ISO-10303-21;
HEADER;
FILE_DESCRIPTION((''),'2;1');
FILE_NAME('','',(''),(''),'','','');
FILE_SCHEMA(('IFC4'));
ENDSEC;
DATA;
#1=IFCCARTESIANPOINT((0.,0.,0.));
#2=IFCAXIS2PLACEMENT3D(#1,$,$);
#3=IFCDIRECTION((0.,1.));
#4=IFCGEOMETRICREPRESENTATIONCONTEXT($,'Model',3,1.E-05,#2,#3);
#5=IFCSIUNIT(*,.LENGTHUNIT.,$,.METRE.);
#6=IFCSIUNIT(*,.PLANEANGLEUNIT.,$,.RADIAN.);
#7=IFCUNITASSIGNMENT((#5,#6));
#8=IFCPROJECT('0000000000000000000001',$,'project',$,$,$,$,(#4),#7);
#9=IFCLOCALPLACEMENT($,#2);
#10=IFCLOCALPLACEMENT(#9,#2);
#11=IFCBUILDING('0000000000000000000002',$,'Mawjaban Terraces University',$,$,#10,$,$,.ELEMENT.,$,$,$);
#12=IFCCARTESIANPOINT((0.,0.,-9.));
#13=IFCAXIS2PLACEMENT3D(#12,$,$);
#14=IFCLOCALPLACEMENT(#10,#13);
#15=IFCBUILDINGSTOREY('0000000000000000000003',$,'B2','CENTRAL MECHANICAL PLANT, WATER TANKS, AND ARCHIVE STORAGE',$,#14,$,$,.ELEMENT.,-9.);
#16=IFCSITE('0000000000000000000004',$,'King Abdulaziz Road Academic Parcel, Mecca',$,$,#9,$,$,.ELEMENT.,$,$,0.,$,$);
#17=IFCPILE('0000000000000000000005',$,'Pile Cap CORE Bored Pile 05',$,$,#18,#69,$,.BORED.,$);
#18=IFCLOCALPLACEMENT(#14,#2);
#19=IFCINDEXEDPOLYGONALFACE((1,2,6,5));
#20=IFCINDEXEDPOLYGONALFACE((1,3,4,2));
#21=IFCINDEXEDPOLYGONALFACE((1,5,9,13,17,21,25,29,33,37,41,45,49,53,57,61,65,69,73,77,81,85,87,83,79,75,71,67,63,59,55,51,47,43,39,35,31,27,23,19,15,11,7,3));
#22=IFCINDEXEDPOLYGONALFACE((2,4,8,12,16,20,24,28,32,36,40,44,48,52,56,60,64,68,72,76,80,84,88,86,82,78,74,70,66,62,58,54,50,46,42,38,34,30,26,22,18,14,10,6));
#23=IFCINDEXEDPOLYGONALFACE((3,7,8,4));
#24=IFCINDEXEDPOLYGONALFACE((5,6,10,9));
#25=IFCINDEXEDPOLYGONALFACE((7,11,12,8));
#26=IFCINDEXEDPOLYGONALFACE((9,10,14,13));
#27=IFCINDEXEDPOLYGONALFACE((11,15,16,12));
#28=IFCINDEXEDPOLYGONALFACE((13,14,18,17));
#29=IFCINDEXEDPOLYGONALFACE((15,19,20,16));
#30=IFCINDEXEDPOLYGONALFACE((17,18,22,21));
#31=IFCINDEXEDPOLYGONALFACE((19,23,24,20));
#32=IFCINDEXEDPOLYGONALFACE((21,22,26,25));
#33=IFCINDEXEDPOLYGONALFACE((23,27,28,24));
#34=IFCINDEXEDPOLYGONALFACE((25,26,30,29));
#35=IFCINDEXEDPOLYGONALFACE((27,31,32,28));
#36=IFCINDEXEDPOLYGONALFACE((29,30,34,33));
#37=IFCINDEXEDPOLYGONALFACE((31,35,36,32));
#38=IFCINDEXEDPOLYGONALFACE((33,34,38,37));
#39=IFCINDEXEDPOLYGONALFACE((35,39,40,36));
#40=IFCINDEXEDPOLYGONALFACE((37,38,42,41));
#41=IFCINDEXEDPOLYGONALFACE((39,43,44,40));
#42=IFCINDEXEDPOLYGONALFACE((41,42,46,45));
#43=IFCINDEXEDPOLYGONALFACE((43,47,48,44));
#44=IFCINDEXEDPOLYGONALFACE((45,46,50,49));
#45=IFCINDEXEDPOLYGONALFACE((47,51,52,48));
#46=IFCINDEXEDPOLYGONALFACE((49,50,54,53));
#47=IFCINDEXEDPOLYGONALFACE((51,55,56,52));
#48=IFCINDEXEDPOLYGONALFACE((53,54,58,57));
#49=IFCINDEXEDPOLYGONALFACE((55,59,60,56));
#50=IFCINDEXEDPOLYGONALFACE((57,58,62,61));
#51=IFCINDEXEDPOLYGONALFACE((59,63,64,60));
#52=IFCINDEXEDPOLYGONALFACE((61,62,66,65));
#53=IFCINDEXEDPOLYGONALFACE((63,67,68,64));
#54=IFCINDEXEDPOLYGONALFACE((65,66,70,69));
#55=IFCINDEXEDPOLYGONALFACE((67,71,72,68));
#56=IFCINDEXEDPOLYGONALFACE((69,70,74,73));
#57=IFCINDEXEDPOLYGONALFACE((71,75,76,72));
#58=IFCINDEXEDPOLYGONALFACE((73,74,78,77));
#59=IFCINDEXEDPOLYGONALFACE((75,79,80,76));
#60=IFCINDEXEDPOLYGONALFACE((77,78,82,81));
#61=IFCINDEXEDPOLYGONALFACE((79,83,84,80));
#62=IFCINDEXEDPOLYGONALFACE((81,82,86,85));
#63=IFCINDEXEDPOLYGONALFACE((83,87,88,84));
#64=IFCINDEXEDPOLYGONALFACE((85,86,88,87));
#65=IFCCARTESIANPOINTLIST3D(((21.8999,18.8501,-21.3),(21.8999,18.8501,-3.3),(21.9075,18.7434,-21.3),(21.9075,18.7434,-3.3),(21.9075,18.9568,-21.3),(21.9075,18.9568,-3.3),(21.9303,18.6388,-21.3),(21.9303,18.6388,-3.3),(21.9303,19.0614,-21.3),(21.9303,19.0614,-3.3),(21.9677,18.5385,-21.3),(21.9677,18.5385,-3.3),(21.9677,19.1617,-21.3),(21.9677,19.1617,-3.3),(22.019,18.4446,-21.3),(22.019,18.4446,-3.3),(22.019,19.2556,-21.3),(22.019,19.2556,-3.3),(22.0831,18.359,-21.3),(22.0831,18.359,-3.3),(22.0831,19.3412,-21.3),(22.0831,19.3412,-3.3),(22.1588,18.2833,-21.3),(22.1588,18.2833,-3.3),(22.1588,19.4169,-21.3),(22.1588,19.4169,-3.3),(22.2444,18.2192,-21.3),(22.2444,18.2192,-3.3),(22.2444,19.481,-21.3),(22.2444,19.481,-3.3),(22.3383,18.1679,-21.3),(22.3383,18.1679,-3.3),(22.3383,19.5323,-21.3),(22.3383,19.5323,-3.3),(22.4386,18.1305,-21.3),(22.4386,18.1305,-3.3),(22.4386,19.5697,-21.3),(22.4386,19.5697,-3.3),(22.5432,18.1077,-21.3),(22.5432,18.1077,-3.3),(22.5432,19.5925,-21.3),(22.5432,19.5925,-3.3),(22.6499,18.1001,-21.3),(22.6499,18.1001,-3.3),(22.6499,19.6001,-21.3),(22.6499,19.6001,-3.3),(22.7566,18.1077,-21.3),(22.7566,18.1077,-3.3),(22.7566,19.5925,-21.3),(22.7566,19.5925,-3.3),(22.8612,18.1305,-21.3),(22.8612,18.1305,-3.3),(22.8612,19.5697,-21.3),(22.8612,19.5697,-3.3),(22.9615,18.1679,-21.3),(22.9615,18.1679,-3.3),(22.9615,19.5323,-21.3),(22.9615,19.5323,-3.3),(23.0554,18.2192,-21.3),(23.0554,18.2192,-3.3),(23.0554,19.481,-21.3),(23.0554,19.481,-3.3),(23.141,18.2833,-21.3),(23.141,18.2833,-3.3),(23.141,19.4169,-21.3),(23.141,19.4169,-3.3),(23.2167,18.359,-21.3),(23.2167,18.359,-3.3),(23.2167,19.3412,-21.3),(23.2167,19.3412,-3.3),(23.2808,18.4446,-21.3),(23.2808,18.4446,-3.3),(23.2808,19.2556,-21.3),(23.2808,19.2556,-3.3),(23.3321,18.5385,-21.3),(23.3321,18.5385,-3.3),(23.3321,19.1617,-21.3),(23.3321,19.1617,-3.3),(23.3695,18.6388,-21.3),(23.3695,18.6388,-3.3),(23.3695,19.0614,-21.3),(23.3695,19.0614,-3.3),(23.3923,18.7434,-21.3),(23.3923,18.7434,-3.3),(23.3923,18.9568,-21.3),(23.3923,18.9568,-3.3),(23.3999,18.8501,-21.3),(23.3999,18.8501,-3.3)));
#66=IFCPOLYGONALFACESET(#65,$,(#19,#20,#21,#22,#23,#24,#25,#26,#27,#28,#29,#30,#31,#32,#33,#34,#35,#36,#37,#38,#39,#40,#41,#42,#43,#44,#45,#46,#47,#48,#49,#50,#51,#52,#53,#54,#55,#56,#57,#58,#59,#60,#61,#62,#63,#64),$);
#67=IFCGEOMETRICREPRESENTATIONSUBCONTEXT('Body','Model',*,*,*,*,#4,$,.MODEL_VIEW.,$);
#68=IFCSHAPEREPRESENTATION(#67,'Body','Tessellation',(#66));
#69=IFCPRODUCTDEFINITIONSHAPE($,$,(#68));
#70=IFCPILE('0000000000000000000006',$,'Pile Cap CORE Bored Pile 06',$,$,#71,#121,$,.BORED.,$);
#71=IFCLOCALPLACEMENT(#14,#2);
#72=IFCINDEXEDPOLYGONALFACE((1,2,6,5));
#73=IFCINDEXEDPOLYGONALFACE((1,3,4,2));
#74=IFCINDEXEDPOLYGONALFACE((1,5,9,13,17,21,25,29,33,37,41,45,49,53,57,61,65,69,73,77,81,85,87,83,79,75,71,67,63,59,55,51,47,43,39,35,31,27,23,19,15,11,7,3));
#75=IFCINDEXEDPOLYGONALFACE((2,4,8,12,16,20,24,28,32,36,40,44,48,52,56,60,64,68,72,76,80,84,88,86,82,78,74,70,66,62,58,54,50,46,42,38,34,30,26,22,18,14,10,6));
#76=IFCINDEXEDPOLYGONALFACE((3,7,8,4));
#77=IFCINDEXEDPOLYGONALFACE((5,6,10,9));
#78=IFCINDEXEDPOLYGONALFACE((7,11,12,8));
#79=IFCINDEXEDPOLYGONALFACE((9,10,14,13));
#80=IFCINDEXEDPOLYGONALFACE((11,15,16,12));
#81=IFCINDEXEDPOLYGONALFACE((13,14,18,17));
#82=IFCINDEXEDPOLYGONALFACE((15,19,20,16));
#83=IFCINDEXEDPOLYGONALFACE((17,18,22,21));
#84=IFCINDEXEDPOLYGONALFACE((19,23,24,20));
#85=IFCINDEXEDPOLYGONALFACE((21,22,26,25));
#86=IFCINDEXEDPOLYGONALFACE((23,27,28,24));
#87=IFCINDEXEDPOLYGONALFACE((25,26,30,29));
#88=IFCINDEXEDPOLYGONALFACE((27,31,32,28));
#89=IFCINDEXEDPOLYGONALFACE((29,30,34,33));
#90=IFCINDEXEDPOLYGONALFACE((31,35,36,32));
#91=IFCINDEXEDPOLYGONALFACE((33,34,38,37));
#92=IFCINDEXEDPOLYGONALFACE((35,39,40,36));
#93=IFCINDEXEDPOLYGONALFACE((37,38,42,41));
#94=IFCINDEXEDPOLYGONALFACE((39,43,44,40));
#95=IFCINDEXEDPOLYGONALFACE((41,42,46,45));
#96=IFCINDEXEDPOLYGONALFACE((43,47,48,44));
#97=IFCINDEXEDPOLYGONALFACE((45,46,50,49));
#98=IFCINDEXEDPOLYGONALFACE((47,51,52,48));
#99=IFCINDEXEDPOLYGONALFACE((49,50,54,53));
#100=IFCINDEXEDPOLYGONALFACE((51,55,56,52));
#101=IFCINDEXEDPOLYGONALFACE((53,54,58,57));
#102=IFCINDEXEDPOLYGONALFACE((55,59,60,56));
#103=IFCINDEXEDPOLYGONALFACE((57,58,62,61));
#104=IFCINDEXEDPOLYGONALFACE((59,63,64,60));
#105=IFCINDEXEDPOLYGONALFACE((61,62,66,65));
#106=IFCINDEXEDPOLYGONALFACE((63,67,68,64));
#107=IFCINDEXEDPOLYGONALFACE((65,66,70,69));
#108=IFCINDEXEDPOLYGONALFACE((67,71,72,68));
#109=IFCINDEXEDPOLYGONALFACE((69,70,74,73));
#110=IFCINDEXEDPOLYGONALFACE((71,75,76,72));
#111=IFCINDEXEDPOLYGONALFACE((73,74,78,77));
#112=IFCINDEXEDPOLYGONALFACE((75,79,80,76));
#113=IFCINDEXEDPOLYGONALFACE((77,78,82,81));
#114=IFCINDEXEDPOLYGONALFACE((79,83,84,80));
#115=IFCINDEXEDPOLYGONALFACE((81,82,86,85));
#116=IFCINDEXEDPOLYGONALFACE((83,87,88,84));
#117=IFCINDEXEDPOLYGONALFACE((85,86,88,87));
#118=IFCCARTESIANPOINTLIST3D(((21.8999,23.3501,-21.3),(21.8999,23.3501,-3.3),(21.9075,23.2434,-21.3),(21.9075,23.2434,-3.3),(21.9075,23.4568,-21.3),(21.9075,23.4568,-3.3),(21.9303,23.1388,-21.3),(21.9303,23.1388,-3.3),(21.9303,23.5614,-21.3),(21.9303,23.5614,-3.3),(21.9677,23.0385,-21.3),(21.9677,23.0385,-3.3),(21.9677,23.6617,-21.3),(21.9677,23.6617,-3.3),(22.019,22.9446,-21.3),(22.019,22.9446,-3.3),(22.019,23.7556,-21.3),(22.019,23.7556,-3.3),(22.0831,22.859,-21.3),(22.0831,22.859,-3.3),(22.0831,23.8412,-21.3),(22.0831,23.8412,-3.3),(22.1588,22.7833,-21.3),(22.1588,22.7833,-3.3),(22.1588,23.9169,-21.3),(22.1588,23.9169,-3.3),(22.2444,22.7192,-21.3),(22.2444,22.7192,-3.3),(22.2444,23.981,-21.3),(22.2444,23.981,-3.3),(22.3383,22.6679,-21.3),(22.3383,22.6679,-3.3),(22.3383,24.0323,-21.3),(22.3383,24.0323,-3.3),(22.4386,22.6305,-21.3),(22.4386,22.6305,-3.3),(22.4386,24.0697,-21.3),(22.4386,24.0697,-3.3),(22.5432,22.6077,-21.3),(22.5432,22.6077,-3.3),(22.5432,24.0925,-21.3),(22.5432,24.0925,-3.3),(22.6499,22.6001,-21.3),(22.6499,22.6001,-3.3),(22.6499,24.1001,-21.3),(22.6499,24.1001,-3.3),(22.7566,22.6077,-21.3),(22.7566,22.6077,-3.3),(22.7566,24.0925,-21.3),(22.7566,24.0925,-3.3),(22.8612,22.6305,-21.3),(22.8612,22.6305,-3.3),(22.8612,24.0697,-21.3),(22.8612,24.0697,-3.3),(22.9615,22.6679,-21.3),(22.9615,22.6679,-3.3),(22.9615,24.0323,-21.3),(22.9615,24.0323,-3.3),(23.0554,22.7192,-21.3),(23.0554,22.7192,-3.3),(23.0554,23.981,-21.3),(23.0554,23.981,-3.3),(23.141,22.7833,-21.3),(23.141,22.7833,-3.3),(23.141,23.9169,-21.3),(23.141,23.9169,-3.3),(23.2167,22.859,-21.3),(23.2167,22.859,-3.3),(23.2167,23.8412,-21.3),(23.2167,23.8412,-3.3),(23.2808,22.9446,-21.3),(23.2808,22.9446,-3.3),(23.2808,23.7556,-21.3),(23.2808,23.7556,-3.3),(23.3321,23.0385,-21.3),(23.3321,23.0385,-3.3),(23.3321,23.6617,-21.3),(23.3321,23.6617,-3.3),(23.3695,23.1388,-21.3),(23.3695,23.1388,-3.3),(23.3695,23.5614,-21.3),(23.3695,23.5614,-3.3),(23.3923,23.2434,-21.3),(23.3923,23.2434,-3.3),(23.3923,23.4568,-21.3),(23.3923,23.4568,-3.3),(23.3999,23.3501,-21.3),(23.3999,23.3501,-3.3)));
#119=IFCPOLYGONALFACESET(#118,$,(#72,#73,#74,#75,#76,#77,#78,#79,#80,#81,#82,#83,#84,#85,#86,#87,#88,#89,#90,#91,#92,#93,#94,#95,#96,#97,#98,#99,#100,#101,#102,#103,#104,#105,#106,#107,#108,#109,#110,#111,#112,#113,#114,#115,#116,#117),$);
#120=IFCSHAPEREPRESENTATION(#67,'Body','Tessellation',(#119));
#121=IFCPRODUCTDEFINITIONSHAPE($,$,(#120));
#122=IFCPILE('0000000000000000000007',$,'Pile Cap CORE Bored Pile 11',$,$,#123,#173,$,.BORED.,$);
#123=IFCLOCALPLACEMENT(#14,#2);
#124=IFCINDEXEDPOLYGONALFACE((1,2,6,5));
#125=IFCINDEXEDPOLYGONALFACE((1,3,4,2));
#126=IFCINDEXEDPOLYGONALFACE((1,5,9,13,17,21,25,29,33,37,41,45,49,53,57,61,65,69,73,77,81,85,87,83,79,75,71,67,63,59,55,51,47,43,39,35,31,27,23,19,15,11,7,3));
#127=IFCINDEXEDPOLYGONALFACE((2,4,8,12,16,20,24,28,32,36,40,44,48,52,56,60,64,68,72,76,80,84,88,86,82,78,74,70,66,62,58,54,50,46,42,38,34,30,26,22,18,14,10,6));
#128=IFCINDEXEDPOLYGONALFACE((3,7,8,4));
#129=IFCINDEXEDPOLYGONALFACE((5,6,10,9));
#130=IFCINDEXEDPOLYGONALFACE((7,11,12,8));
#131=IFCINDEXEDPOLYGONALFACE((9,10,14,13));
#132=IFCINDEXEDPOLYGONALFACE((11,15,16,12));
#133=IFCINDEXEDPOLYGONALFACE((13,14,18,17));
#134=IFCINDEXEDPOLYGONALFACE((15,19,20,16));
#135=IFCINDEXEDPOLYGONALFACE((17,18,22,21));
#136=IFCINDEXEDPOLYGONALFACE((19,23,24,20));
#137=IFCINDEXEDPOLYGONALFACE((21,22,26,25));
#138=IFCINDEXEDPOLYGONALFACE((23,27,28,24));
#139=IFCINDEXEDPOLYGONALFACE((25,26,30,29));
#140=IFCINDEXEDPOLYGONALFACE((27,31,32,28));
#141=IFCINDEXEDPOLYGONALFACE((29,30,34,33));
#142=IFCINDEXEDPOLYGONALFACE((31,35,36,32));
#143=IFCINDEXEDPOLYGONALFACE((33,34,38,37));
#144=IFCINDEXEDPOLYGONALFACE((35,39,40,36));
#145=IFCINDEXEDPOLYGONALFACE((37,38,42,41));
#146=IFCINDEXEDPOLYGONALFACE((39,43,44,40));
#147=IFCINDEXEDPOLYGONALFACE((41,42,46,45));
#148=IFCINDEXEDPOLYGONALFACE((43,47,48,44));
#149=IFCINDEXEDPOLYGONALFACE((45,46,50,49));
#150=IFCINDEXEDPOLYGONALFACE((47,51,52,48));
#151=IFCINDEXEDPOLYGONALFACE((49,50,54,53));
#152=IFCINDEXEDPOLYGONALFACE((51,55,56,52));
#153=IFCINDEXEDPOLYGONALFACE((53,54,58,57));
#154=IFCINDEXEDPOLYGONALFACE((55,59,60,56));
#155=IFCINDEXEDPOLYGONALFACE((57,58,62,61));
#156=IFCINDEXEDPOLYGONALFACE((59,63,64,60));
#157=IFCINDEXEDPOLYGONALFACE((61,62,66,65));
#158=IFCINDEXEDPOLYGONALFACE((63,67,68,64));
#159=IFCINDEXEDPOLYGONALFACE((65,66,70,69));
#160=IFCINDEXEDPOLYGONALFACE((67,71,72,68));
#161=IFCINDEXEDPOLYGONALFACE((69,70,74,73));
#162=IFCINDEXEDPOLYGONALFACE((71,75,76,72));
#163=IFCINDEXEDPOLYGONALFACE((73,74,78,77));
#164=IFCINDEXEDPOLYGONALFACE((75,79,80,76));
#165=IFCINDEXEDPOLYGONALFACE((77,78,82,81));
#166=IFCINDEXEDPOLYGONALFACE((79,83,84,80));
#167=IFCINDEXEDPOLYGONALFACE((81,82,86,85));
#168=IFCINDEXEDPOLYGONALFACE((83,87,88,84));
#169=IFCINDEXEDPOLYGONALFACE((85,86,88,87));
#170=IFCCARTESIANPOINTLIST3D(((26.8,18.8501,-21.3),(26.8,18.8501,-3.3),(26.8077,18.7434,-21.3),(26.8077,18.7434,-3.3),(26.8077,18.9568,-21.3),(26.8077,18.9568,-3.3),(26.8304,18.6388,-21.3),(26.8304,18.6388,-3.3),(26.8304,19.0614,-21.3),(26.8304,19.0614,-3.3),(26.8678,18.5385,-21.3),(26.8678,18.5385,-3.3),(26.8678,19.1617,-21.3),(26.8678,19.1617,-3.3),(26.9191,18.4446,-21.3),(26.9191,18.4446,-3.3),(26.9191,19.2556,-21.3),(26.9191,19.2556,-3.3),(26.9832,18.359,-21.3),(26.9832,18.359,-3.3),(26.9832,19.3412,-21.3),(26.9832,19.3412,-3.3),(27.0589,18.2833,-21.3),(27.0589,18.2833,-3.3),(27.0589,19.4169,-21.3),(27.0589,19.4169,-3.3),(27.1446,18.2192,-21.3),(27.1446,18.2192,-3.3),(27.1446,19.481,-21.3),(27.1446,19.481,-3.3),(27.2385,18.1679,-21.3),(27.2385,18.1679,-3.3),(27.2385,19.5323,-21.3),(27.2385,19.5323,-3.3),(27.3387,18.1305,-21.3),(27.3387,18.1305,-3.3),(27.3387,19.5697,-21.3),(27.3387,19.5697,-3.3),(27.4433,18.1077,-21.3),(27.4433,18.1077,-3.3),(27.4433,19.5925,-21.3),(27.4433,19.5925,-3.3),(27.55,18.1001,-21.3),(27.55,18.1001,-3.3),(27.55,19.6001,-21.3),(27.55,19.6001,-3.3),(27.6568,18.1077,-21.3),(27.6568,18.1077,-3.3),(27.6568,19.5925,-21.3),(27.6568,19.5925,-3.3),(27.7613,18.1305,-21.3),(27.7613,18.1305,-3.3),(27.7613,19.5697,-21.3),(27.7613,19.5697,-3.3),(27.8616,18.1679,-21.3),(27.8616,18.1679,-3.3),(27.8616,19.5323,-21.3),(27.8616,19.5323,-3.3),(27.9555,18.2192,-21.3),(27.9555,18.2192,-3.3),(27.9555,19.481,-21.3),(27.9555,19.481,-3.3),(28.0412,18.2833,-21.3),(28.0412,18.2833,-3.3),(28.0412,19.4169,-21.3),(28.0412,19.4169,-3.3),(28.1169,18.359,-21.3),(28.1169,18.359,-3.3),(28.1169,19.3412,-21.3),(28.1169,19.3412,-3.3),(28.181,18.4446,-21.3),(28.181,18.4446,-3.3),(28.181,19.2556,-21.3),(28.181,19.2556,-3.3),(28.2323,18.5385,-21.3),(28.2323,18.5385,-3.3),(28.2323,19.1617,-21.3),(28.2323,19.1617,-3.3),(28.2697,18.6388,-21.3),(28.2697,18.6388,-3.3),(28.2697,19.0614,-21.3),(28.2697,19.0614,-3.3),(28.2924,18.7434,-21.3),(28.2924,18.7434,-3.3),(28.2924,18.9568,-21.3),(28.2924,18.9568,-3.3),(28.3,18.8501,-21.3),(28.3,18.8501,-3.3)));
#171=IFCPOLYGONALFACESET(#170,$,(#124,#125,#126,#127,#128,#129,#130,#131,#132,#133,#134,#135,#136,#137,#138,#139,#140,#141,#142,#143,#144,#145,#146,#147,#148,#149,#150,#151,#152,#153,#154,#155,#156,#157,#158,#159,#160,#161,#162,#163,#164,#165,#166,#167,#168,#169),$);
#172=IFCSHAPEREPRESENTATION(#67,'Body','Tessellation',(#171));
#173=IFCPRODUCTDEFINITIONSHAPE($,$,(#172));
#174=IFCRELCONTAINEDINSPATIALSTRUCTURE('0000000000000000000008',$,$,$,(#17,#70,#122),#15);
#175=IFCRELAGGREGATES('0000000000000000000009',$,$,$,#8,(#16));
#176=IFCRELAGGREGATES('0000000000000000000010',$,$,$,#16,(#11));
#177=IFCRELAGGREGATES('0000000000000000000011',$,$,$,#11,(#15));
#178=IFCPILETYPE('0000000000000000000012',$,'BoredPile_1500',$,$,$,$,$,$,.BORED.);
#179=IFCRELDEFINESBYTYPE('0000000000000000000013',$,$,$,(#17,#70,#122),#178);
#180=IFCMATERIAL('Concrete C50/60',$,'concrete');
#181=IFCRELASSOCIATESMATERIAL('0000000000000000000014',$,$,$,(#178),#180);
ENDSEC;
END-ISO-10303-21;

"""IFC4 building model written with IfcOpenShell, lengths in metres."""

from ifc_helpers import new_model, si_unit, direction, frame, origin, origin_2d, place, context, subcontext, project, spatial, circle, extrude, material, material_profile, profile_set, type_object, element, save


model = new_model("IFC4")

# Units and contexts
model_context = context("Model", 3, precision=1e-05, world=origin(), true_north=direction((0.0, 1.0)))
body_context = subcontext(model_context, "Body", "Model", "MODEL_VIEW")
ifc_project = project(units=[si_unit("LENGTHUNIT", "METRE"), si_unit("PLANEANGLEUNIT", "RADIAN")], contexts=[model_context])

# Site, building, storey
site_placement = place(None, origin())
site = spatial("IfcSite", under=ifc_project, at=site_placement, Name="King Abdulaziz Road Academic Parcel, Mecca", CompositionType="ELEMENT", RefElevation=0.0)
building_placement = place(site_placement, origin())
building = spatial("IfcBuilding", under=site, at=building_placement, Name="Mawjaban Terraces University", CompositionType="ELEMENT")
storey_placement = place(building_placement, frame((0.0, 0.0, -9.0)))
storey = spatial("IfcBuildingStorey", under=building, at=storey_placement, Name="B2", Description="CENTRAL MECHANICAL PLANT, WATER TANKS, AND ARCHIVE STORAGE", CompositionType="ELEMENT", Elevation=-9.0)

# Piles
ifc_material_1 = material(Name="Concrete C50/60", Category="concrete")
ifc_material_profile_1 = material_profile(ifc_material_1, circle(Radius=0.75, at=origin_2d()), Name="PILE1500")
ifc_profile_set_1 = profile_set([ifc_material_profile_1], Name="Concrete C50/60")
pile_type = type_object("IfcPileType", Name="BoredPile_1500", PredefinedType="BORED", material=ifc_profile_set_1)
for number, where, z_axis, x_axis, name in (
    (1, (22.6499, 18.8501, -3.3), (0.0, 0.0, -1.0), (1.0, 0.0, 0.0), "Pile Cap CORE Bored Pile 05"),
    (2, (22.6499, 23.3501, -3.3), (0.0, 0.0, -1.0), (1.0, 0.0, 0.0), "Pile Cap CORE Bored Pile 06"),
    (3, (27.55, 18.8501, -3.3), (0.0, 0.0, -1.0), (1.0, 0.0, 0.0), "Pile Cap CORE Bored Pile 11"),
):
    element("IfcPile", number, at=place(storey_placement, frame(where, z_axis=z_axis, x_axis=x_axis)), inside=storey, type_object=pile_type, Name=name, PredefinedType="BORED", context=body_context, shape_type="SweptSolid", body=[
        extrude(circle(Radius=0.75, at=origin_2d()), origin(), (0.0, 0.0, 1.0), 18.0),
    ])

save(model, "model.ifc")
